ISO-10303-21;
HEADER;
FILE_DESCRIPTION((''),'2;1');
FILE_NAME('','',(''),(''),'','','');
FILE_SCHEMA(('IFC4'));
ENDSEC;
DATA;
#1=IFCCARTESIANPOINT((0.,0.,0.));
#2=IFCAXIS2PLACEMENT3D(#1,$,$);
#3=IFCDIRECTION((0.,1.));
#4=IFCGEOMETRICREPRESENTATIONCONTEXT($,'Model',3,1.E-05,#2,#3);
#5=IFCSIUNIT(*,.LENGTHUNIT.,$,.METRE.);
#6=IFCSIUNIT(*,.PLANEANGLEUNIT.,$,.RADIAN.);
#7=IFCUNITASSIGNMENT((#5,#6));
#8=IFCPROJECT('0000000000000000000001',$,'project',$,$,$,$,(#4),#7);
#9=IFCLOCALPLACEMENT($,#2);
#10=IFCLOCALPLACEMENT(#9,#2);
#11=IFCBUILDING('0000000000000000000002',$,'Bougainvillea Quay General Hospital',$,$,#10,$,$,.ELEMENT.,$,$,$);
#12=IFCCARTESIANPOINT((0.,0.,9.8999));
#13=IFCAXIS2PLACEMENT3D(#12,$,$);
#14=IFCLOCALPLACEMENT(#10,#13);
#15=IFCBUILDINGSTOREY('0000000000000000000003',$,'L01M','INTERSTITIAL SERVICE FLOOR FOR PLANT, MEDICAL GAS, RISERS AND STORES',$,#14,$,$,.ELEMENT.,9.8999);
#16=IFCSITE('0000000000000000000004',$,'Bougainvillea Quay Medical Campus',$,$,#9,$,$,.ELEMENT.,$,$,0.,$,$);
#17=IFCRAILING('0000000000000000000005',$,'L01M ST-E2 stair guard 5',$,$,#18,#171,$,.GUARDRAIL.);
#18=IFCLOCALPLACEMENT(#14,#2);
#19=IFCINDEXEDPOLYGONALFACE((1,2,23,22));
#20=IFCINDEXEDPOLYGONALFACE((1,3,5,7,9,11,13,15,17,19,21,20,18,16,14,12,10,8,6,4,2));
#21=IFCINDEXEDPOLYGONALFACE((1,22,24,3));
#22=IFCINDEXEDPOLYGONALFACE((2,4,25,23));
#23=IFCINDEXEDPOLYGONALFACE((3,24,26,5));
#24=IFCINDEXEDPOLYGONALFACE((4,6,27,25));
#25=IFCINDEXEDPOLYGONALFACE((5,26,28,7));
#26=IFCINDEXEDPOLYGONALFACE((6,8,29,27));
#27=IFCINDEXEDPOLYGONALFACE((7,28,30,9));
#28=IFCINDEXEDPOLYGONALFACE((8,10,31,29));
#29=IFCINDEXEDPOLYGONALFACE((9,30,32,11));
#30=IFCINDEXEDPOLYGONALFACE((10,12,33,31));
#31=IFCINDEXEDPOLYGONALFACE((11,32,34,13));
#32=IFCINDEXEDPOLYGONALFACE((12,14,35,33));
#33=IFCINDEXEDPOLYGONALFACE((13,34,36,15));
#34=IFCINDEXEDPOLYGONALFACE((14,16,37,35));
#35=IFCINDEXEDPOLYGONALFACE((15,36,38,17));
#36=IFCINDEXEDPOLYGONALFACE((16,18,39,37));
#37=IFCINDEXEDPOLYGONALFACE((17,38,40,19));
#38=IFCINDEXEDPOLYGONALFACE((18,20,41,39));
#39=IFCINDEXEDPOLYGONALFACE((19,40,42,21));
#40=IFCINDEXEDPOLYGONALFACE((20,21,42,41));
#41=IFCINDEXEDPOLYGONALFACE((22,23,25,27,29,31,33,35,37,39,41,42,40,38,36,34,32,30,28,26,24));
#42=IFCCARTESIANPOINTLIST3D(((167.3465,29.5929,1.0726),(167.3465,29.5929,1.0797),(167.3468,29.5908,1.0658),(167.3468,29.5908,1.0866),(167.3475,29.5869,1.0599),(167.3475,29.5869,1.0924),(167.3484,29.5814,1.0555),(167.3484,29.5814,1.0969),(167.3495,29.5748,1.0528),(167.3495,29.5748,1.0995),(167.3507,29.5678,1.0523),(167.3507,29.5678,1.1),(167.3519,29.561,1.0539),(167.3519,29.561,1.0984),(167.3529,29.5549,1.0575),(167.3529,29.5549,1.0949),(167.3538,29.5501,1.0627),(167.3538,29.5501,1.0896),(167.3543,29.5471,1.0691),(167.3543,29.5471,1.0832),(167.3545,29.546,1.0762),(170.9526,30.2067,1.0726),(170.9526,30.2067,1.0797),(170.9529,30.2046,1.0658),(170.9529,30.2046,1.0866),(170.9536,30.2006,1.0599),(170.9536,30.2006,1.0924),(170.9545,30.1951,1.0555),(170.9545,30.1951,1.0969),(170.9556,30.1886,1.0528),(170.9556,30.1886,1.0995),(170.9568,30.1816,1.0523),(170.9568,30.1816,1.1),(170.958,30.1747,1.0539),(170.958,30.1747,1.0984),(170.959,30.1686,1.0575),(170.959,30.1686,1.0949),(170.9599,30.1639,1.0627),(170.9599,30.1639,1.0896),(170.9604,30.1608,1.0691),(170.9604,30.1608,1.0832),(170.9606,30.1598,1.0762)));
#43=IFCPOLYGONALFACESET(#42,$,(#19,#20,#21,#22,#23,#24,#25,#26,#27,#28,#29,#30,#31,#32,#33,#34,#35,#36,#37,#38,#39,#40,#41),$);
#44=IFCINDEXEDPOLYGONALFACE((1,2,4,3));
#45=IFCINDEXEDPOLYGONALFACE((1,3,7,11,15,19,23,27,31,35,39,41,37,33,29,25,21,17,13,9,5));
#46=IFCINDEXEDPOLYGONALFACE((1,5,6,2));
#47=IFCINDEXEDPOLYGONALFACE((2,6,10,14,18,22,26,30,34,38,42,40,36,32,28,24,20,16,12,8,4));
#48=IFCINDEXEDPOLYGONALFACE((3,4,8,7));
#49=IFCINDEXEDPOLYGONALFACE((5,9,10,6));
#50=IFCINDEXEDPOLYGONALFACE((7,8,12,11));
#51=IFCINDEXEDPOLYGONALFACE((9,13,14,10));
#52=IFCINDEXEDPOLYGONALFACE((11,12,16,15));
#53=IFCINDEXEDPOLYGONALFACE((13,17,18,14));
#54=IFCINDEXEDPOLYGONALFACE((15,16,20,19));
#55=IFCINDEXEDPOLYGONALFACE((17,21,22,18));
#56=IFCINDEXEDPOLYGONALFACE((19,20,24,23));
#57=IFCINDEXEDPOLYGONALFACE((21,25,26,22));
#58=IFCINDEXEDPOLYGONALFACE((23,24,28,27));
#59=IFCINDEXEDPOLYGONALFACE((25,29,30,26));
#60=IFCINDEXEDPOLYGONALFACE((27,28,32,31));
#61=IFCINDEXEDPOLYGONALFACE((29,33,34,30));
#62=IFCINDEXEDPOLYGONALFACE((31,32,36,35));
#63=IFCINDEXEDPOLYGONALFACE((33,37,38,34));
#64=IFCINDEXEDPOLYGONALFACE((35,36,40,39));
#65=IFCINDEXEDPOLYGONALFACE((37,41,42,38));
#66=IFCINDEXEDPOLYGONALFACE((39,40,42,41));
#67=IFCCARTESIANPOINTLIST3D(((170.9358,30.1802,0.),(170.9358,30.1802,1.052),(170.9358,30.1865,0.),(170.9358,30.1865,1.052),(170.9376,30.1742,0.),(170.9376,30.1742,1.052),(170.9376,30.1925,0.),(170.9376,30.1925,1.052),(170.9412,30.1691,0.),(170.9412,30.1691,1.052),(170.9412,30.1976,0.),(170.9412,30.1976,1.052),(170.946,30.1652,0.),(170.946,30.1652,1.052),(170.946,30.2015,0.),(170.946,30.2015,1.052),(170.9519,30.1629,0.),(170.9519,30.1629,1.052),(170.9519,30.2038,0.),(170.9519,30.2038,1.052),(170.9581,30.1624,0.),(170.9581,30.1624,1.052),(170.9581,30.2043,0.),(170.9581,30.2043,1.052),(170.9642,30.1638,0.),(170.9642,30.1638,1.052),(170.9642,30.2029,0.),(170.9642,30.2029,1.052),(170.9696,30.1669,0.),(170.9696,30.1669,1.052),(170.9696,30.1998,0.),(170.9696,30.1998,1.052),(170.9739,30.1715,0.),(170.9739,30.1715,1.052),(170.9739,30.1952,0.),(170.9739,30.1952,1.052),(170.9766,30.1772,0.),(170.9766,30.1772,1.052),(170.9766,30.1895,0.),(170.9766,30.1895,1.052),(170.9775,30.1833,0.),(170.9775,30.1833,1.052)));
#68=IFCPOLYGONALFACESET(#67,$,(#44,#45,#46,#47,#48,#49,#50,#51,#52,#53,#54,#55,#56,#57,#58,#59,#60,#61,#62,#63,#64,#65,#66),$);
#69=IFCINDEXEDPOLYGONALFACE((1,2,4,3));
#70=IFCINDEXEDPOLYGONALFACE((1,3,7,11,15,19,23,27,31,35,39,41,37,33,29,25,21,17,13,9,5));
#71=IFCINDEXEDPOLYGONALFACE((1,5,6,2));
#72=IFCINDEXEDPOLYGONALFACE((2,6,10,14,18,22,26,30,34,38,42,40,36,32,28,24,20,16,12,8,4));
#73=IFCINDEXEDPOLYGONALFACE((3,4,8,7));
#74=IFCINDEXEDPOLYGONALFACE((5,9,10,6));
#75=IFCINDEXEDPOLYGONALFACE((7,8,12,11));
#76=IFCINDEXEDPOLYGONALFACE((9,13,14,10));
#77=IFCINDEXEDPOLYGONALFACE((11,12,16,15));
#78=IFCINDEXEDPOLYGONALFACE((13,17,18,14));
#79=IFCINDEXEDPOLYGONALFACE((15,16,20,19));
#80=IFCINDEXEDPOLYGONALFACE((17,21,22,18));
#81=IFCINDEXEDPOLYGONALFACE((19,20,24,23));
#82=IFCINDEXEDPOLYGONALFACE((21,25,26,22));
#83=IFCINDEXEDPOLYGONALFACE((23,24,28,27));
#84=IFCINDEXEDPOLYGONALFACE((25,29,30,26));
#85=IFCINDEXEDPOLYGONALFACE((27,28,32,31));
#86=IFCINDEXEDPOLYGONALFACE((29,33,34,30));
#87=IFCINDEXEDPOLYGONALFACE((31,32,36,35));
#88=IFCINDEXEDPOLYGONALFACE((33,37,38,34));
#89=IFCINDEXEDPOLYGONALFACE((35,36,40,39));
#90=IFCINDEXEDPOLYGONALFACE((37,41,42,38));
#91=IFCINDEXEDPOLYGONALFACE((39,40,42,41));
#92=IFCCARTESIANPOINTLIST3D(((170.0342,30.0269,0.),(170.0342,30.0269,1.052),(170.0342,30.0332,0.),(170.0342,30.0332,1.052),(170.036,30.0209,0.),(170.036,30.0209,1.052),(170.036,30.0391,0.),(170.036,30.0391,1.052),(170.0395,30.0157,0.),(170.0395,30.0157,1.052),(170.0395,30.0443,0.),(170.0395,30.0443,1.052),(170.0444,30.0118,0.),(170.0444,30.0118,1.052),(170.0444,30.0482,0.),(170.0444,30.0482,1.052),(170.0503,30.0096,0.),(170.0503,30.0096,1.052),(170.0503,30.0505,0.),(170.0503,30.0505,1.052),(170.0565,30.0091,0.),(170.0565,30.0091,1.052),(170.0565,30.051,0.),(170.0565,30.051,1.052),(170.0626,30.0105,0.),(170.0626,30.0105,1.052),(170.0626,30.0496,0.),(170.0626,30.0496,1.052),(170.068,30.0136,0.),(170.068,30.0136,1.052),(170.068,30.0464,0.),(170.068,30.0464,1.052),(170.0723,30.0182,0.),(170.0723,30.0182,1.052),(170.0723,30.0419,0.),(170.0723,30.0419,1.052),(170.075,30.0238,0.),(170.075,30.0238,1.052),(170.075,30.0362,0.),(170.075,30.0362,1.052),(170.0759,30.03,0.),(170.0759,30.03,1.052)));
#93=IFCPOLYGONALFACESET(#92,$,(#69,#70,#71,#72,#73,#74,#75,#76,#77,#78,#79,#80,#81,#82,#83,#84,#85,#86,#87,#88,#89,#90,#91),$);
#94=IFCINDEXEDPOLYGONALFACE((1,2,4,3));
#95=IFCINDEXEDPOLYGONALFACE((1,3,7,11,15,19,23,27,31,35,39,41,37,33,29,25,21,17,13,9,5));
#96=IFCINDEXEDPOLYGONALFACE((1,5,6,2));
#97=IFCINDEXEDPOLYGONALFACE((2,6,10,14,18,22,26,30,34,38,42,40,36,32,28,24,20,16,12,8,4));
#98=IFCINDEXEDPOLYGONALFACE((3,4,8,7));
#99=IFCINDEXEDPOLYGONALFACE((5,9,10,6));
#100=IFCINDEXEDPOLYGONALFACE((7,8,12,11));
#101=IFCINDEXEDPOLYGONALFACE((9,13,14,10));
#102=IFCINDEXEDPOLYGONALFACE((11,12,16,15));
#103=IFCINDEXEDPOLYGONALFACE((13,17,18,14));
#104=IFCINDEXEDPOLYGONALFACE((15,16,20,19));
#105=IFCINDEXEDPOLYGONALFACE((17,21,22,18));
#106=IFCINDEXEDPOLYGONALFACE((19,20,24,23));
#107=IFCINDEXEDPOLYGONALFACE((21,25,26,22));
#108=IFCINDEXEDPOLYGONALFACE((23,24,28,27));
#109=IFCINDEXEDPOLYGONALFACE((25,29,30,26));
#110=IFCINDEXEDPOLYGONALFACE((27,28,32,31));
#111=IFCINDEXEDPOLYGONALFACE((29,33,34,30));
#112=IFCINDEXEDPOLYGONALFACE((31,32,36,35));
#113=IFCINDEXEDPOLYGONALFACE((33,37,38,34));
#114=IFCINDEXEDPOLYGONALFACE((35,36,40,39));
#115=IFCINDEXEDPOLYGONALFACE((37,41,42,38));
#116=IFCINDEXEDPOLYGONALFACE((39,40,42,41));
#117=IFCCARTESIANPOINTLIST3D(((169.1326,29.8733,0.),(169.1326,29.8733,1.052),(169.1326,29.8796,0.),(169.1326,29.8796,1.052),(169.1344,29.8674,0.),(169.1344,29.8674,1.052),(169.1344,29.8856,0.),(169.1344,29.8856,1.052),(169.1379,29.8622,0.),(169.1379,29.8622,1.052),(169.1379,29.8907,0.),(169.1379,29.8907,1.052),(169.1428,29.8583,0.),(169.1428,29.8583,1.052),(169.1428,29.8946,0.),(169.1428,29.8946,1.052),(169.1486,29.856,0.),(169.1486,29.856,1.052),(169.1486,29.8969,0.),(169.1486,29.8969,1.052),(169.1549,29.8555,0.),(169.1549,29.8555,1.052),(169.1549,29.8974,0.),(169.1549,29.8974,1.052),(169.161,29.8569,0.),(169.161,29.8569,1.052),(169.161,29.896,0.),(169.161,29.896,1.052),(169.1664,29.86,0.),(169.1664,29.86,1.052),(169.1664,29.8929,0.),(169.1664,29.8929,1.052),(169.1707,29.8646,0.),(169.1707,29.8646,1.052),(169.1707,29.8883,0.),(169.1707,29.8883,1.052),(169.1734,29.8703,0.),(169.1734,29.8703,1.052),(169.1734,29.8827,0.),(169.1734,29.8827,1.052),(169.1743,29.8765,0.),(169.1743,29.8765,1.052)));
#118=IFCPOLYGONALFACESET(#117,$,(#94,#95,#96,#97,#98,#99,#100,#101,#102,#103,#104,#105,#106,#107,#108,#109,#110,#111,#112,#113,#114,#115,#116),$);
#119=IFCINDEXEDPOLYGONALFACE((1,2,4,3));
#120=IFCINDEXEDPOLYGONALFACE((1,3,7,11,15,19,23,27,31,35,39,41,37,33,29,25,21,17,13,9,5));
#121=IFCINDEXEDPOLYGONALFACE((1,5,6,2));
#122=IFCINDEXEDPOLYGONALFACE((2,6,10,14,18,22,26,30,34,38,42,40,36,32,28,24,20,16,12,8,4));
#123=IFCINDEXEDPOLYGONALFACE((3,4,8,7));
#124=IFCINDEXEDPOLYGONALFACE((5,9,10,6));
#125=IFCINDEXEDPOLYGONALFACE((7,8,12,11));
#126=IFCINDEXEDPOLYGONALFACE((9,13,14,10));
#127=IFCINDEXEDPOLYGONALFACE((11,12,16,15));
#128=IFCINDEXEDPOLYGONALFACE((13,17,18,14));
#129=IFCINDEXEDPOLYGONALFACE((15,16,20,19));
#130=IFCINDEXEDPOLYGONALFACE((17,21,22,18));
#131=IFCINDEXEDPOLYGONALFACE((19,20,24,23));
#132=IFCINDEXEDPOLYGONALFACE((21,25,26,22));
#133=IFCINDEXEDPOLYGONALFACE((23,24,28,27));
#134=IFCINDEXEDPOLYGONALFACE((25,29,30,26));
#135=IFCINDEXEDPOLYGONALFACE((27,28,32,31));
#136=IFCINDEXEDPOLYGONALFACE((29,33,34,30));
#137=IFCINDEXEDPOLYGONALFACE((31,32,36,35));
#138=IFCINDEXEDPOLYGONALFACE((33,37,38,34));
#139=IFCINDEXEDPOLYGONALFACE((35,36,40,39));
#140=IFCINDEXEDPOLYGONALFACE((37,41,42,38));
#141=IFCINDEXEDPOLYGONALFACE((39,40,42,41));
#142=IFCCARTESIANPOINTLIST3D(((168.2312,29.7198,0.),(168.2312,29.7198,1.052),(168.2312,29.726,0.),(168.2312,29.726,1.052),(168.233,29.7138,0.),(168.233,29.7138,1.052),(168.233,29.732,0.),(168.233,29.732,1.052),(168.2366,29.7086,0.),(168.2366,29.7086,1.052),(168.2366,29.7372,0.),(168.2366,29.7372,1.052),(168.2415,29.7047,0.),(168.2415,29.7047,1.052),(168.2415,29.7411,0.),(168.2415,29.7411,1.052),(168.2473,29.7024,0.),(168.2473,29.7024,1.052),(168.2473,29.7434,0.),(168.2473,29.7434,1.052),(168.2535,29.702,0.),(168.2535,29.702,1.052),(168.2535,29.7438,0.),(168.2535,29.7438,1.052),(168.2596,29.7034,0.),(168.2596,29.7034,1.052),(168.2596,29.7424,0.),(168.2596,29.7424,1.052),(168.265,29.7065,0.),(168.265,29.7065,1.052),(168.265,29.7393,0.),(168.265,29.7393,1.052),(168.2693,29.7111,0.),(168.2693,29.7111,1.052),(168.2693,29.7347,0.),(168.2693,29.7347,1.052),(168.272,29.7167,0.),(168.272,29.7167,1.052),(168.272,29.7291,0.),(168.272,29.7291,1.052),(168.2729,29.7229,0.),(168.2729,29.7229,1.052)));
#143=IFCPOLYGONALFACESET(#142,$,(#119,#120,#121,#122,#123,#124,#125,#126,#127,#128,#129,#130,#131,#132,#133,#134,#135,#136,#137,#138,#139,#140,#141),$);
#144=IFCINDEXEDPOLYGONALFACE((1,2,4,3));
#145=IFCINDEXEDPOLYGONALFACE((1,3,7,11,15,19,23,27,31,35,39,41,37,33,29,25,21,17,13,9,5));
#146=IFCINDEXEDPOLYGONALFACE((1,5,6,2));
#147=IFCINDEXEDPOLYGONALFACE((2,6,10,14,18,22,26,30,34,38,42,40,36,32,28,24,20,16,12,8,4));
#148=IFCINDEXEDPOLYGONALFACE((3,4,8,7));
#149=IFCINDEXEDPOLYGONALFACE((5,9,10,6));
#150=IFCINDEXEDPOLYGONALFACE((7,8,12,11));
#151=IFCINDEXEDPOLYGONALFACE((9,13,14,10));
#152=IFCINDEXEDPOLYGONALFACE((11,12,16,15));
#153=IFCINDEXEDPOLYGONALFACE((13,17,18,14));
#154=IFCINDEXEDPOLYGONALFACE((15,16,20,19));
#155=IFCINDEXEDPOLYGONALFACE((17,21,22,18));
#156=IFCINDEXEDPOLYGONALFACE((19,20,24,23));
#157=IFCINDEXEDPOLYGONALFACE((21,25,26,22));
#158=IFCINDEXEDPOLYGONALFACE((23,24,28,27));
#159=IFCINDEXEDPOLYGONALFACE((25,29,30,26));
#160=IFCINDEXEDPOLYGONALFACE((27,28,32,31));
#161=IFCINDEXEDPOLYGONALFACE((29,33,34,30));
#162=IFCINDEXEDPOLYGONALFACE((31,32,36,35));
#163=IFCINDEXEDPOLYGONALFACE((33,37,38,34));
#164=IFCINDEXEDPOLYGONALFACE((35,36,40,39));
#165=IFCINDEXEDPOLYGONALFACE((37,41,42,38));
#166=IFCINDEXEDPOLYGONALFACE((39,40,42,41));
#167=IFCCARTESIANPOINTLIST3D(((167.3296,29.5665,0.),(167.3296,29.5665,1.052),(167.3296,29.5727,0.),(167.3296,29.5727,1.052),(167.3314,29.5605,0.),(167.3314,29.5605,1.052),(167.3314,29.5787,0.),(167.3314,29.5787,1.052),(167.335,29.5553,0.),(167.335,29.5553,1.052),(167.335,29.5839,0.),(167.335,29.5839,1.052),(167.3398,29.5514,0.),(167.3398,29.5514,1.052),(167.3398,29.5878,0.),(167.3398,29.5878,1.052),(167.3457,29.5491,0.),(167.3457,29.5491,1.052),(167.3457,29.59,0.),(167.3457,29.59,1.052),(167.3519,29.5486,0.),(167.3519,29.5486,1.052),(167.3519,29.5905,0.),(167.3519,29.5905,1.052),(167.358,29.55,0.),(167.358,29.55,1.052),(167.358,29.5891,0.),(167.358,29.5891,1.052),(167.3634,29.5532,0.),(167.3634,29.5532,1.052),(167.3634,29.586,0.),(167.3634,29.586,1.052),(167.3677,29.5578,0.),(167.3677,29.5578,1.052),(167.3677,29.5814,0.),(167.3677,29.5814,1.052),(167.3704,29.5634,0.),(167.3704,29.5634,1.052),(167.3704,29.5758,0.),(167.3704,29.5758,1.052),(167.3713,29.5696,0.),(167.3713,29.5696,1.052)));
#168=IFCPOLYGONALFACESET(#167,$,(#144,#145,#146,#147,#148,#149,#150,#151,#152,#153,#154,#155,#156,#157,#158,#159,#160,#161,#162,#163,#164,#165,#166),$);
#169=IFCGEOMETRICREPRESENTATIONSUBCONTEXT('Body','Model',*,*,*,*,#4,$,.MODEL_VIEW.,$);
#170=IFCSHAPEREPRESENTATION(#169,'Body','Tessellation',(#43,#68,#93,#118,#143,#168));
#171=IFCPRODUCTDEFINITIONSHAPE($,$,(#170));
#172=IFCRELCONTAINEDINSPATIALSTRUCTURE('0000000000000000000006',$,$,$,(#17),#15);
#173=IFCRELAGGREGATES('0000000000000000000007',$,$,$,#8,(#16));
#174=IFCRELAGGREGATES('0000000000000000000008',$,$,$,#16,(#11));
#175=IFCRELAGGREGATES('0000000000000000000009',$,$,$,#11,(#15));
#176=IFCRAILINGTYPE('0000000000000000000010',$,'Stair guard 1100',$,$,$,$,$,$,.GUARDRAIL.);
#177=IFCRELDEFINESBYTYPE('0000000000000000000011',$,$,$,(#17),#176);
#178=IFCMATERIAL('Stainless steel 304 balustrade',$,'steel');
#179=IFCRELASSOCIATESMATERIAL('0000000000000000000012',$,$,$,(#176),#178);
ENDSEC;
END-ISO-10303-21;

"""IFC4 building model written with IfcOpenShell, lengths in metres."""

from ifc_helpers import new_model, si_unit, direction, frame, origin, origin_2d, place, context, subcontext, project, spatial, circle, extrude, material, type_object, element, save


model = new_model("IFC4")

# Units and contexts
model_context = context("Model", 3, precision=1e-05, world=origin(), true_north=direction((0.0, 1.0)))
body_context = subcontext(model_context, "Body", "Model", "MODEL_VIEW")
ifc_project = project(units=[si_unit("LENGTHUNIT", "METRE"), si_unit("PLANEANGLEUNIT", "RADIAN")], contexts=[model_context])

# Site, building, storey
site_placement = place(None, origin())
site = spatial("IfcSite", under=ifc_project, at=site_placement, Name="Bougainvillea Quay Medical Campus", CompositionType="ELEMENT", RefElevation=0.0)
building_placement = place(site_placement, origin())
building = spatial("IfcBuilding", under=site, at=building_placement, Name="Bougainvillea Quay General Hospital", CompositionType="ELEMENT")
storey_placement = place(building_placement, frame((0.0, 0.0, 9.8999)))
storey = spatial("IfcBuildingStorey", under=building, at=storey_placement, Name="L01M", Description="INTERSTITIAL SERVICE FLOOR FOR PLANT, MEDICAL GAS, RISERS AND STORES", CompositionType="ELEMENT", Elevation=9.8999)

# Railing
ifc_material_1 = material(Name="Stainless steel 304 balustrade", Category="steel")
railing_type_1 = type_object("IfcRailingType", Name="Stair guard 1100", PredefinedType="GUARDRAIL", material=ifc_material_1)
railing_1_placement = place(storey_placement, frame((170.9565, 30.1833, 0.0)))
element("IfcRailing", 1, at=railing_1_placement, inside=storey, type_object=railing_type_1, Name="L01M ST-E2 stair guard 5", PredefinedType="GUARDRAIL", context=body_context, shape_type="SweptSolid", body=[
    extrude(circle(Radius=0.0239, at=origin_2d()), frame((0.0, 0.0, 1.0762), z_axis=(-0.985824, -0.167786, 0.0), x_axis=(0.167786, -0.985824, 0.0)), (0.0, 0.0, 1.0), 3.658),
    extrude(circle(Radius=0.021, at=origin_2d()), origin(), (0.0, 0.0, 1.0), 1.052),
    extrude(circle(Radius=0.021, at=origin_2d()), frame((-0.9016, -0.1533, 0.0)), (0.0, 0.0, 1.0), 1.052),
    extrude(circle(Radius=0.021, at=origin_2d()), frame((-1.8032, -0.3069, 0.0)), (0.0, 0.0, 1.0), 1.052),
    extrude(circle(Radius=0.021, at=origin_2d()), frame((-2.7046, -0.4604, 0.0)), (0.0, 0.0, 1.0), 1.052),
    extrude(circle(Radius=0.021, at=origin_2d()), frame((-3.6062, -0.6138, 0.0)), (0.0, 0.0, 1.0), 1.052),
])

save(model, "model.ifc")
